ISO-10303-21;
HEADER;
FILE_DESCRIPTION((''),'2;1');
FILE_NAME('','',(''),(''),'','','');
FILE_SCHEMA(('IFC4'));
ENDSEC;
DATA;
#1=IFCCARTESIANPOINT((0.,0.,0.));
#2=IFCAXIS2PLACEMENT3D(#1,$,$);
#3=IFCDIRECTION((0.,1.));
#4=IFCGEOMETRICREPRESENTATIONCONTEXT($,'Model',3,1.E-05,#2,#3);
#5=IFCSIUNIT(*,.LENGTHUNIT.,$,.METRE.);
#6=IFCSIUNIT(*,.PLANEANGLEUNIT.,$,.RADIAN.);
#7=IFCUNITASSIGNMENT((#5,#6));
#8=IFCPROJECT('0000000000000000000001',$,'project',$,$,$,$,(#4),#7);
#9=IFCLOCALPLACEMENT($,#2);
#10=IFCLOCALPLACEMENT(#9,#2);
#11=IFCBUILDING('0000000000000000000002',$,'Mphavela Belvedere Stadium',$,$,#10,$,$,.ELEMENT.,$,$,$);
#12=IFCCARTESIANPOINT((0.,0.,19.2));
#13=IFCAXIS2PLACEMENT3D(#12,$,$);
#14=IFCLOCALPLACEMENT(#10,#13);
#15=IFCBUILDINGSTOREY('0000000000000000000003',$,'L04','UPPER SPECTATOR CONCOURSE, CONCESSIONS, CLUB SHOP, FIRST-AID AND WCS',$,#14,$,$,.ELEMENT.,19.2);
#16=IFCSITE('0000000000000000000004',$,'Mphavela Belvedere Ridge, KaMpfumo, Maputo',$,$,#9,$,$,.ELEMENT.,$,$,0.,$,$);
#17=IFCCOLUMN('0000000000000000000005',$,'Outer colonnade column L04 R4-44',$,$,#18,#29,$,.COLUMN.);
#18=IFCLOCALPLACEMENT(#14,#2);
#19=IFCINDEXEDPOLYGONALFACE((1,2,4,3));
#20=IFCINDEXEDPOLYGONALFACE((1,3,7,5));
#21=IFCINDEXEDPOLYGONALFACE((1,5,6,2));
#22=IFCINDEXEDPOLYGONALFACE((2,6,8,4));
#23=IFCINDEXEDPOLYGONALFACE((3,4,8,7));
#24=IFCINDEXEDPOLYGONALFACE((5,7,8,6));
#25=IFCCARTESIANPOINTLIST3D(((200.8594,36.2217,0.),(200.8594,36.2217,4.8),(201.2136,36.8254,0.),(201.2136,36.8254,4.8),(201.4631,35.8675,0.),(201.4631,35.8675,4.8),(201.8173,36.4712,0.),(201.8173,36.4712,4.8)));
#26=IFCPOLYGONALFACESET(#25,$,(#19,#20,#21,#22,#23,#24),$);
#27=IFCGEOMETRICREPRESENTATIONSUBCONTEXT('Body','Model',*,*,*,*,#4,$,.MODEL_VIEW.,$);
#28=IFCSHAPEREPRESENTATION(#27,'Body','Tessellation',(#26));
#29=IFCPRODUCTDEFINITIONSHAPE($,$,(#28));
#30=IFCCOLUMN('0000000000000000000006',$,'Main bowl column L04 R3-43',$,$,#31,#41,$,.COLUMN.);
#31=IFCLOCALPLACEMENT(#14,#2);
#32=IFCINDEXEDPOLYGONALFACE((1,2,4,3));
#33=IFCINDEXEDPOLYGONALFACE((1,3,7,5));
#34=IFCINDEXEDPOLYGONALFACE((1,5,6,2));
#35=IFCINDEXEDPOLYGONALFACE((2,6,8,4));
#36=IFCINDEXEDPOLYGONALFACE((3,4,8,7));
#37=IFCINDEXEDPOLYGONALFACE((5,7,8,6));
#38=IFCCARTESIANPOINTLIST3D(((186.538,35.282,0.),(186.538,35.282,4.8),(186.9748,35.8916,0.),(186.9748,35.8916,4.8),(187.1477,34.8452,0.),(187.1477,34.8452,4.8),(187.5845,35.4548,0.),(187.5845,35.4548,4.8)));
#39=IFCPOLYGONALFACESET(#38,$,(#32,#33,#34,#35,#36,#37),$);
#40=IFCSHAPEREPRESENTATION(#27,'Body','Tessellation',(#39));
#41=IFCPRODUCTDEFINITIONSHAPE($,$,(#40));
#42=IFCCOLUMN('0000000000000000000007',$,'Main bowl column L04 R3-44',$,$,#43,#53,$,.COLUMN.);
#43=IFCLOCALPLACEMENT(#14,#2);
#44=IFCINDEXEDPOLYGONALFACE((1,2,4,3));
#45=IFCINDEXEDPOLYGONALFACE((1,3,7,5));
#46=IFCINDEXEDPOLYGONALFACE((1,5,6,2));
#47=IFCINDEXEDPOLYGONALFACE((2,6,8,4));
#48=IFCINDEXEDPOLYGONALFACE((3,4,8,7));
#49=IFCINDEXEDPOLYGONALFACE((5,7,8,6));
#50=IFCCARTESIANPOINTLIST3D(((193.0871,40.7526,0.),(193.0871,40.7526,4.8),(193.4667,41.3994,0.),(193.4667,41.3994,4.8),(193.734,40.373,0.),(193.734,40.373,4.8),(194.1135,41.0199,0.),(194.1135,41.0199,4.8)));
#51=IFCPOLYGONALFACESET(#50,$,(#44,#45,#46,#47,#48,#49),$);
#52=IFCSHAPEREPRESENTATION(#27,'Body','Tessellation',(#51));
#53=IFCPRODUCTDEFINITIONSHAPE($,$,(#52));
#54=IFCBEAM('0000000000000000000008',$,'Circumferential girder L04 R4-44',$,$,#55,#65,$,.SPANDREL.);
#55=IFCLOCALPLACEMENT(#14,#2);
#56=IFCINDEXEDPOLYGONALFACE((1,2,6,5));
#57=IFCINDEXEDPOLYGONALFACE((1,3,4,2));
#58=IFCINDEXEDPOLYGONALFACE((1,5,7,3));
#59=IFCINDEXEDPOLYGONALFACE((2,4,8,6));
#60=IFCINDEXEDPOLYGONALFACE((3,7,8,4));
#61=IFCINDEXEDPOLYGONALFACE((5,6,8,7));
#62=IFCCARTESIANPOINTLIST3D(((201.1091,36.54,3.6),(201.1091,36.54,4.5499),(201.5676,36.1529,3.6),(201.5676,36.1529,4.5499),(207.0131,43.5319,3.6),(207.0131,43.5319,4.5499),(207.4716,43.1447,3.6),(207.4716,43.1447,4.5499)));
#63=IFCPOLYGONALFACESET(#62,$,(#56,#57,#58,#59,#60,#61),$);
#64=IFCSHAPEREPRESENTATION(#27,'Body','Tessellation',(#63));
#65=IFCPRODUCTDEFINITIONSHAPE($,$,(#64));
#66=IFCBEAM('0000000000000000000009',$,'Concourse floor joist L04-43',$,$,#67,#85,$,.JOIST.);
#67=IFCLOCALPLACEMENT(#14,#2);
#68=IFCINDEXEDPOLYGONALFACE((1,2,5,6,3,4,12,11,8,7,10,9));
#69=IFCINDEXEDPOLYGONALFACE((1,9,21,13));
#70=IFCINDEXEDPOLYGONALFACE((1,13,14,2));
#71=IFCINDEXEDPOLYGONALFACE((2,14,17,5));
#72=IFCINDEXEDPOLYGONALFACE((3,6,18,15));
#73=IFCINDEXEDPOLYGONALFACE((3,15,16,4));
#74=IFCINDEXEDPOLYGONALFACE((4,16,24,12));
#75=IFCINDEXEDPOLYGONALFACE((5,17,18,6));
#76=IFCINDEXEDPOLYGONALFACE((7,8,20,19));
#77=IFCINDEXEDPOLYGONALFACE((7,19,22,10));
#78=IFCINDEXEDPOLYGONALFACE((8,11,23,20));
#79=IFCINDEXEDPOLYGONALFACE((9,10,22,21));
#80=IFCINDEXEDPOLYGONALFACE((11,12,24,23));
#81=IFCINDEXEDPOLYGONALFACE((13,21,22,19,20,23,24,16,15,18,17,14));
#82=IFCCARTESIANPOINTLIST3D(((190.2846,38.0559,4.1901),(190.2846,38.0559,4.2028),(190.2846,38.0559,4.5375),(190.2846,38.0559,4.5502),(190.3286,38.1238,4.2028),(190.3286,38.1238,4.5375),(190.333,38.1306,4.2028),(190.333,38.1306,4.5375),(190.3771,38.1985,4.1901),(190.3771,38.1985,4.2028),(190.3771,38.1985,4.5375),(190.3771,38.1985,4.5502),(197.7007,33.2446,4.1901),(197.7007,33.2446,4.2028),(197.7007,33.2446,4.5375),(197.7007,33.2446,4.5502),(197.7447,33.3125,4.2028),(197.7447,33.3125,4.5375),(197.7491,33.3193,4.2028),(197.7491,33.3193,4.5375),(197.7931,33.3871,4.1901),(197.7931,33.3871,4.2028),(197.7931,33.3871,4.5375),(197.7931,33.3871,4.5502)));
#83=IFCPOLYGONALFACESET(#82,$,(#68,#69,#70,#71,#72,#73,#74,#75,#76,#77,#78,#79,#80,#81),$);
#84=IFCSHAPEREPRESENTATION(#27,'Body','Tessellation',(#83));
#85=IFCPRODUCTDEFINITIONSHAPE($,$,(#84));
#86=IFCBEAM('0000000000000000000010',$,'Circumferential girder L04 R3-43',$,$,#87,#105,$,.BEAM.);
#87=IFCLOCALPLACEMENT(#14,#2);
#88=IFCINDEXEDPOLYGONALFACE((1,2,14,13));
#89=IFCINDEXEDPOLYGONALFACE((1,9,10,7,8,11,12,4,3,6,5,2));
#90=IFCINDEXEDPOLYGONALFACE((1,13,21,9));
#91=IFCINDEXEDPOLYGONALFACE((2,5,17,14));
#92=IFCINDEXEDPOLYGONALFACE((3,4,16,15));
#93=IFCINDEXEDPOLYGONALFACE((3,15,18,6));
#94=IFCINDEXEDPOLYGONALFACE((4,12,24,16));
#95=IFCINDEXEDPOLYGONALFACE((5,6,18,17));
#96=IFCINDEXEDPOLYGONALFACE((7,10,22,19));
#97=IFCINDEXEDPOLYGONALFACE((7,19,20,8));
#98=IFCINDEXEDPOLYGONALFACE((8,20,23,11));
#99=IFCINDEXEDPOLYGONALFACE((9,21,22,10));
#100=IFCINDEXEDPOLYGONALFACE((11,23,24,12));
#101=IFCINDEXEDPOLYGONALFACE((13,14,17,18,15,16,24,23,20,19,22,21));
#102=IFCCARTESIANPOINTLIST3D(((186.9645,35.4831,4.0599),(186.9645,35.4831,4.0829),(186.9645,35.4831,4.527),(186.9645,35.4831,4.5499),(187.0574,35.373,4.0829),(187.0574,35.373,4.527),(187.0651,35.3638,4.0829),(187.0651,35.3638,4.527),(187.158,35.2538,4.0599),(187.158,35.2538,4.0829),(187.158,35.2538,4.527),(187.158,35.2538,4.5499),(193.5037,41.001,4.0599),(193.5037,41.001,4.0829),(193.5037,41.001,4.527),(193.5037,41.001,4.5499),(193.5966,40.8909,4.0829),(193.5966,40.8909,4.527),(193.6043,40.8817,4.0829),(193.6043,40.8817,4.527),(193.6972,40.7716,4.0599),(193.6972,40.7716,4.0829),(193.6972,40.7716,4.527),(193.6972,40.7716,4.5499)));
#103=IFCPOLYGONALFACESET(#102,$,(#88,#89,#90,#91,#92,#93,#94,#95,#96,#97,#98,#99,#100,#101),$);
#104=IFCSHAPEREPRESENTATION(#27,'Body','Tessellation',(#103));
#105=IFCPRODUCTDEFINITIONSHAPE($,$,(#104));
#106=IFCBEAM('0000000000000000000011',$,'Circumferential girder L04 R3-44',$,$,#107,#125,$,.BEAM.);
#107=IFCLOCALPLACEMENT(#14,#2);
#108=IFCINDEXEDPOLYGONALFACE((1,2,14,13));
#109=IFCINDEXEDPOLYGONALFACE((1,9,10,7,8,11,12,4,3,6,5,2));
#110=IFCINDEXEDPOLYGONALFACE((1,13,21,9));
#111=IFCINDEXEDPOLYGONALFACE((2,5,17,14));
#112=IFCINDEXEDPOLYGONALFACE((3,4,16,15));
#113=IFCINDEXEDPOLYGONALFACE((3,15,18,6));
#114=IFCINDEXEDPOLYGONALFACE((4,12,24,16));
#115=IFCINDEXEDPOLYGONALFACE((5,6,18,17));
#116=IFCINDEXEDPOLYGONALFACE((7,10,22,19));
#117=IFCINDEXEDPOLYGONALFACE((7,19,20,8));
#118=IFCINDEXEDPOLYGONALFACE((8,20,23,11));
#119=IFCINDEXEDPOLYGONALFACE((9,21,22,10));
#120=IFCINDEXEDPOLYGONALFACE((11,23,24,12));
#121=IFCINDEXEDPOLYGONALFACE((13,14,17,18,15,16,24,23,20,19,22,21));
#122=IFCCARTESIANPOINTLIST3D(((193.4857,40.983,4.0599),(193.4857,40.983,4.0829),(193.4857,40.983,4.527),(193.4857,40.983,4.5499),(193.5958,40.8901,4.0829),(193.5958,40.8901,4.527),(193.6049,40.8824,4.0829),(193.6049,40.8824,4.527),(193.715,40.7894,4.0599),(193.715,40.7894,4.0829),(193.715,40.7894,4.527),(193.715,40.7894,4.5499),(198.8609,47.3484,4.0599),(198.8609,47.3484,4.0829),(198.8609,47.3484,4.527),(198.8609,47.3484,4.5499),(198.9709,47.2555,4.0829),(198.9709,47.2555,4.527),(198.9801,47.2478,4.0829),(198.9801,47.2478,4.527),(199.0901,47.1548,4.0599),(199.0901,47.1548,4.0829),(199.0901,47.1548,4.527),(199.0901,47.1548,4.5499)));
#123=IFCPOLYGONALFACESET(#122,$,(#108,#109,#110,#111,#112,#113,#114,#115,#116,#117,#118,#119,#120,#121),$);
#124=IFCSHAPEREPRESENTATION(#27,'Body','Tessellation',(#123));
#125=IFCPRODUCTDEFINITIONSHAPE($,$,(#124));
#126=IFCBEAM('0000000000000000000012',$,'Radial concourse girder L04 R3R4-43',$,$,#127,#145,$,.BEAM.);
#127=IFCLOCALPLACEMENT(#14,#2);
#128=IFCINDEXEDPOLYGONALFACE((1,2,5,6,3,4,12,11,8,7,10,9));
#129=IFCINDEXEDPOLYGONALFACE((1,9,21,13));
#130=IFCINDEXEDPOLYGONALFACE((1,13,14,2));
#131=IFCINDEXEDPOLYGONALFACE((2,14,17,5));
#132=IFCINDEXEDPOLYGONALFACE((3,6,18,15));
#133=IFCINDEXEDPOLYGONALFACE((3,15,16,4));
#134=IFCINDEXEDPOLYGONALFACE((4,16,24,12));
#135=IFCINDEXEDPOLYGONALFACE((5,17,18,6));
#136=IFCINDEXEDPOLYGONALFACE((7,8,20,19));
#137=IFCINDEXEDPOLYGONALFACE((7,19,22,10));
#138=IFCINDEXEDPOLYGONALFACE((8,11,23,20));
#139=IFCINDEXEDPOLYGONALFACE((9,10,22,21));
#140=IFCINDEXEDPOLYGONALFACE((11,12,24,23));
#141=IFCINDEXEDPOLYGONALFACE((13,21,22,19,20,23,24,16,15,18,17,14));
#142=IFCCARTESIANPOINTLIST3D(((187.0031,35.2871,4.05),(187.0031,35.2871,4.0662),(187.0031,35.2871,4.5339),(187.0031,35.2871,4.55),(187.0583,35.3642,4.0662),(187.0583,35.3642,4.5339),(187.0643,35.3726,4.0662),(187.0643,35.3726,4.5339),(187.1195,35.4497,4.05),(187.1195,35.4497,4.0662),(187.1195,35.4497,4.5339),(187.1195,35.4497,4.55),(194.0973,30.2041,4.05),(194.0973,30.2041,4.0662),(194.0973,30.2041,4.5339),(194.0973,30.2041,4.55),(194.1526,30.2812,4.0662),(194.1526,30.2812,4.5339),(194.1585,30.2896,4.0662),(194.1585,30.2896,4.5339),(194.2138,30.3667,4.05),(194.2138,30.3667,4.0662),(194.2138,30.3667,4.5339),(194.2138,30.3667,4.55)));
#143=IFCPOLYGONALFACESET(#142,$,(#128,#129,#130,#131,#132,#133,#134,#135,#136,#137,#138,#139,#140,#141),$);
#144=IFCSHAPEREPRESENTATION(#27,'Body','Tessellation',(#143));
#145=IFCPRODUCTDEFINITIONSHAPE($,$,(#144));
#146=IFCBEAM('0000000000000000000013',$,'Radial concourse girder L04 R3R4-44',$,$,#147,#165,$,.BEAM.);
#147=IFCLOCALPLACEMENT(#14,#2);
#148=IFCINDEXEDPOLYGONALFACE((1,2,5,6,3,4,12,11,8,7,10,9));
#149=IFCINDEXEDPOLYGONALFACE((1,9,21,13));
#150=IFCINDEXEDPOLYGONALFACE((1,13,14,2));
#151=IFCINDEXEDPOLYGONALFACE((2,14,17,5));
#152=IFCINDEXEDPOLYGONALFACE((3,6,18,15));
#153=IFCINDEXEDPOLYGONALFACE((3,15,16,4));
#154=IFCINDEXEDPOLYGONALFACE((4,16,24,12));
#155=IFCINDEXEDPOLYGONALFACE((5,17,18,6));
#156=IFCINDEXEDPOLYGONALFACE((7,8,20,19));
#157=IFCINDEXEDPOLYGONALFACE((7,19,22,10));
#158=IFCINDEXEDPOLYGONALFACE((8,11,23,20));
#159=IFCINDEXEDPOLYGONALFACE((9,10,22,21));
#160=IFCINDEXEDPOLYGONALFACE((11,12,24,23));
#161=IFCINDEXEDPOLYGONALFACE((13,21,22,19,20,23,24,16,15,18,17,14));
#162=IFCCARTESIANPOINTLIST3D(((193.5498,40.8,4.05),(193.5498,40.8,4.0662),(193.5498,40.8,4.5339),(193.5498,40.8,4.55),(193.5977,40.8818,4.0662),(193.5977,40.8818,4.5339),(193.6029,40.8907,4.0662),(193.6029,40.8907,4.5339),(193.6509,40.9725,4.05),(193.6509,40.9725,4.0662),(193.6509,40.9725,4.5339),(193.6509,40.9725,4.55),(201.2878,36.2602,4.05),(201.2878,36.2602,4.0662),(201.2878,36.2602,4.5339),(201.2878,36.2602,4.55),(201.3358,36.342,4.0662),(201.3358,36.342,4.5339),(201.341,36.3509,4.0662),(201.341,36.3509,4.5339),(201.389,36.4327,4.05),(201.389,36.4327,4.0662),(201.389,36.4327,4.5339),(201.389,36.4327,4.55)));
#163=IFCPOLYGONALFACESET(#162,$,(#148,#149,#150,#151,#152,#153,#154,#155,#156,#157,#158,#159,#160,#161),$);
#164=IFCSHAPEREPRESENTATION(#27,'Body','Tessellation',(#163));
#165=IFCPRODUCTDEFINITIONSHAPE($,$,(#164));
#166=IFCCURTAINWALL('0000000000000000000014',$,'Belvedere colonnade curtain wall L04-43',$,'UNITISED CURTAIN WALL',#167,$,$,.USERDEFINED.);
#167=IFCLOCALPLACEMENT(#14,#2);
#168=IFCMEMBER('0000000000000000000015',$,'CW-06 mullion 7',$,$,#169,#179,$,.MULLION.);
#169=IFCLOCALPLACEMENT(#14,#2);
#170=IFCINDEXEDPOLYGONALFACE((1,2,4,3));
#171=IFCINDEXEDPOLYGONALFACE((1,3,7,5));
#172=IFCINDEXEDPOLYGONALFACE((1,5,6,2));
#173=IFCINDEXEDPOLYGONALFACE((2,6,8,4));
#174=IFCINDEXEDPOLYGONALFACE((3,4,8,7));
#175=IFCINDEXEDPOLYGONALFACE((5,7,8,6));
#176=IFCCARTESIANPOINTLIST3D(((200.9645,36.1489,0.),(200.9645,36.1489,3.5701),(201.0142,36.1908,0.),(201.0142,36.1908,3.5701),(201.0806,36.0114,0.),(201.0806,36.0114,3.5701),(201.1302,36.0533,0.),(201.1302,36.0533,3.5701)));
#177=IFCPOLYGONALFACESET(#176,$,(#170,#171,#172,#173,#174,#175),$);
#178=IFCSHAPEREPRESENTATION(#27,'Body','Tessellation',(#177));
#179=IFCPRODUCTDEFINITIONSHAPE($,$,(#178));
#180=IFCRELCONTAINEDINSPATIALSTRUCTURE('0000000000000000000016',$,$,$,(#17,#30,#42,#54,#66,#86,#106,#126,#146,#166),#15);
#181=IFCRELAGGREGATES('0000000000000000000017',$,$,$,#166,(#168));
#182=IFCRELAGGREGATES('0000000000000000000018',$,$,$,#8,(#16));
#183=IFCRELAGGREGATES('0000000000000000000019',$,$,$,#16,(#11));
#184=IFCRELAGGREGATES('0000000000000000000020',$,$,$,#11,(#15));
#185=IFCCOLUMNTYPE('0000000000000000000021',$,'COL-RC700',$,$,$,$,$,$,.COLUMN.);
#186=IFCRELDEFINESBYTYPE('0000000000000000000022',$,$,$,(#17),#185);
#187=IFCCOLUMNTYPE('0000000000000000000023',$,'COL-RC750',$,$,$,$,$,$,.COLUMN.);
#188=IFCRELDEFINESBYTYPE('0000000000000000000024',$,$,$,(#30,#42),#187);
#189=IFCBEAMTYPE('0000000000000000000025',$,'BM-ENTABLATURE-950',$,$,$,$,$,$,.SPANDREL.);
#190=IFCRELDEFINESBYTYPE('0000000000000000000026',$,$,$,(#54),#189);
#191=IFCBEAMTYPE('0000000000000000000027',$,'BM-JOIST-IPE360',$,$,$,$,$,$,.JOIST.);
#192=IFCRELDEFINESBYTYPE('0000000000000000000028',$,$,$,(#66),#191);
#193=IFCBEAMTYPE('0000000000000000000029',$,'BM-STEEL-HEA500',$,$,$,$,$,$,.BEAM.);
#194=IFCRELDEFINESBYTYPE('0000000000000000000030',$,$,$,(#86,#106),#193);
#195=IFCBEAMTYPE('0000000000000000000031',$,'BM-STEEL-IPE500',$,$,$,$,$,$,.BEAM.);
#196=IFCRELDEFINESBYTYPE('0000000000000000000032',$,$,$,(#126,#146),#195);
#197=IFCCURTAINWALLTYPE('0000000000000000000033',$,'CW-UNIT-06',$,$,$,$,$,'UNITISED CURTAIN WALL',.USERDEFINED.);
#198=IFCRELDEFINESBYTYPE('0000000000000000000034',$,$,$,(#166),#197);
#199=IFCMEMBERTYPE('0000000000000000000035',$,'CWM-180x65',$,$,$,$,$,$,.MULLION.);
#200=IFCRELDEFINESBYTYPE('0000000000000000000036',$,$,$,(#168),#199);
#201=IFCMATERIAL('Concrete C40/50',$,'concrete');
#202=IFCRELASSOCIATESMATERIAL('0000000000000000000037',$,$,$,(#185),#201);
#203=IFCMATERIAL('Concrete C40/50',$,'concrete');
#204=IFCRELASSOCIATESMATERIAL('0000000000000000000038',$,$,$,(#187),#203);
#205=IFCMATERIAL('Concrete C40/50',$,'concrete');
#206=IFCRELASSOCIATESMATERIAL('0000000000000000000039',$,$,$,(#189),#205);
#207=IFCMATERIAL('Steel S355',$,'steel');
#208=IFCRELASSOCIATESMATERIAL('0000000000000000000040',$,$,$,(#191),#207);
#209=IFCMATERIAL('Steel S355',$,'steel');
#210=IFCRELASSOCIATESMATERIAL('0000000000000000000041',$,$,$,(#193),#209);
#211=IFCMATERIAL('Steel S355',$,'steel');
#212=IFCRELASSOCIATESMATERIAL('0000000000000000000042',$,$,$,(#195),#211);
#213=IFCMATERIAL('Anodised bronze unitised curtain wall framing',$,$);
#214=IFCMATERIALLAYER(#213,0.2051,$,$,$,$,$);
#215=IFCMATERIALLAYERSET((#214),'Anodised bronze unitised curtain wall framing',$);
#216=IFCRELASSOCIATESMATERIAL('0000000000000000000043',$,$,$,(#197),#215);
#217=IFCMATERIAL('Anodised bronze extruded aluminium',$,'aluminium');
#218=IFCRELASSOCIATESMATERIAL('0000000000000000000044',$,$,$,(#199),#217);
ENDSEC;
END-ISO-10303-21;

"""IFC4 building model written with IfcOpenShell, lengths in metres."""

from ifc_helpers import new_model, si_unit, direction, frame, origin, origin_2d, place, context, subcontext, project, spatial, rectangle, i_section, extrude, material, layer, layer_set, material_profile, profile_set, type_object, element, aggregate, save


model = new_model("IFC4")

# Units and contexts
model_context = context("Model", 3, precision=1e-05, world=origin(), true_north=direction((0.0, 1.0)))
body_context = subcontext(model_context, "Body", "Model", "MODEL_VIEW")
ifc_project = project(units=[si_unit("LENGTHUNIT", "METRE"), si_unit("PLANEANGLEUNIT", "RADIAN")], contexts=[model_context])

# Site, building, storey
site_placement = place(None, origin())
site = spatial("IfcSite", under=ifc_project, at=site_placement, Name="Mphavela Belvedere Ridge, KaMpfumo, Maputo", CompositionType="ELEMENT", RefElevation=0.0)
building_placement = place(site_placement, origin())
building = spatial("IfcBuilding", under=site, at=building_placement, Name="Mphavela Belvedere Stadium", CompositionType="ELEMENT")
storey_placement = place(building_placement, frame((0.0, 0.0, 19.2)))
storey = spatial("IfcBuildingStorey", under=building, at=storey_placement, Name="L04", Description="UPPER SPECTATOR CONCOURSE, CONCESSIONS, CLUB SHOP, FIRST-AID AND WCS", CompositionType="ELEMENT", Elevation=19.2)

# Columns
ifc_material_1 = material(Name="Concrete C40/50", Category="concrete")
ifc_material_profile_1 = material_profile(ifc_material_1, rectangle(XDim=0.7, YDim=0.7, at=origin_2d()), Name="RC 700x700")
ifc_profile_set_1 = profile_set([ifc_material_profile_1], Name="Concrete C40/50")
column_type_1 = type_object("IfcColumnType", Name="COL-RC700", PredefinedType="COLUMN", material=ifc_profile_set_1)
column_placement = place(storey_placement, frame((201.3384, 36.3464, 0.0), z_axis=(0.0, 0.0, 1.0), x_axis=(0.862514, -0.506034, 0.0)))
element("IfcColumn", 1, at=column_placement, inside=storey, type_object=column_type_1, Name="Outer colonnade column L04 R4-44", PredefinedType="COLUMN", context=body_context, shape_type="SweptSolid", body=[
    extrude(rectangle(XDim=0.7, YDim=0.7, at=origin_2d()), origin(), (0.0, 0.0, 1.0), 4.8),
])
ifc_material_2 = material(Name="Concrete C40/50", Category="concrete")
ifc_material_profile_2 = material_profile(ifc_material_2, rectangle(XDim=0.75, YDim=0.75, at=origin_2d()), Name="RC 750x750")
ifc_profile_set_2 = profile_set([ifc_material_profile_2], Name="Concrete C40/50")
column_type_2 = type_object("IfcColumnType", Name="COL-RC750", PredefinedType="COLUMN", material=ifc_profile_set_2)
for number, where, z_axis, x_axis, name in (
    (2, (187.0613, 35.3684, 0.0), (0.0, 0.0, 1.0), (0.812898, -0.582407, 0.0), "Main bowl column L04 R3-43"),
    (3, (193.6003, 40.8862, 0.0), (0.0, 0.0, 1.0), (0.862514, -0.506034, 0.0), "Main bowl column L04 R3-44"),
):
    element("IfcColumn", number, at=place(storey_placement, frame(where, z_axis=z_axis, x_axis=x_axis)), inside=storey, type_object=column_type_2, Name=name, PredefinedType="COLUMN", context=body_context, shape_type="SweptSolid", body=[
        extrude(rectangle(XDim=0.75, YDim=0.75, at=origin_2d()), origin(), (0.0, 0.0, 1.0), 4.8),
    ])

# Beams
ifc_material_3 = material(Name="Concrete C40/50", Category="concrete")
ifc_material_profile_3 = material_profile(ifc_material_3, rectangle(XDim=0.6001, YDim=0.95, at=origin_2d()), Name="RC 600x950")
ifc_profile_set_3 = profile_set([ifc_material_profile_3], Name="Concrete C40/50")
beam_type_1 = type_object("IfcBeamType", Name="BM-ENTABLATURE-950", PredefinedType="SPANDREL", material=ifc_profile_set_3)
beam_1_placement = place(storey_placement, frame((201.3384, 36.3464, 4.075), z_axis=(0.645165, 0.764044, 0.0), x_axis=(-0.764044, 0.645165, 0.0)))
element("IfcBeam", 4, at=beam_1_placement, inside=storey, type_object=beam_type_1, Name="Circumferential girder L04 R4-44", PredefinedType="SPANDREL", context=body_context, shape_type="SweptSolid", body=[
    extrude(rectangle(XDim=0.6001, YDim=0.95, at=origin_2d()), origin(), (0.0, 0.0, 1.0), 9.1511),
])
ifc_material_4 = material(Name="Steel S355", Category="steel")
ifc_material_profile_4 = material_profile(ifc_material_4, i_section(OverallWidth=0.1699, OverallDepth=0.3601, WebThickness=0.0081, FlangeThickness=0.0127, at=origin_2d()), Name="IPE 360")
ifc_profile_set_4 = profile_set([ifc_material_profile_4], Name="Steel S355")
beam_type_2 = type_object("IfcBeamType", Name="BM-JOIST-IPE360", PredefinedType="JOIST", material=ifc_profile_set_4)
beam_2_placement = place(storey_placement, frame((190.3308, 38.1272, 4.3701), z_axis=(0.838915, -0.544262, 0.0), x_axis=(0.544262, 0.838915, 0.0)))
element("IfcBeam", 5, at=beam_2_placement, inside=storey, type_object=beam_type_2, Name="Concourse floor joist L04-43", PredefinedType="JOIST", context=body_context, shape_type="SweptSolid", body=[
    extrude(i_section(OverallWidth=0.1699, OverallDepth=0.3601, WebThickness=0.0081, FlangeThickness=0.0127, at=origin_2d()), origin(), (0.0, 0.0, 1.0), 8.8401),
])
ifc_material_5 = material(Name="Steel S355", Category="steel")
ifc_material_profile_5 = material_profile(ifc_material_5, i_section(OverallWidth=0.3, OverallDepth=0.49, WebThickness=0.012, FlangeThickness=0.0229, at=origin_2d()), Name="HEA 500")
ifc_profile_set_5 = profile_set([ifc_material_profile_5], Name="Steel S355")
beam_type_3 = type_object("IfcBeamType", Name="BM-STEEL-HEA500", PredefinedType="BEAM", material=ifc_profile_set_5)
beam_3_placement = place(storey_placement, frame((187.0613, 35.3684, 4.3049), z_axis=(0.764263, 0.644904, 0.0), x_axis=(-0.644904, 0.764263, 0.0)))
element("IfcBeam", 6, at=beam_3_placement, inside=storey, type_object=beam_type_3, Name="Circumferential girder L04 R3-43", PredefinedType="BEAM", context=body_context, shape_type="SweptSolid", body=[
    extrude(i_section(OverallWidth=0.3, OverallDepth=0.49, WebThickness=0.012, FlangeThickness=0.0229, at=origin_2d()), origin(), (0.0, 0.0, 1.0), 8.5562),
])
beam_4_placement = place(storey_placement, frame((193.6003, 40.8862, 4.3049), z_axis=(0.645177, 0.764033, 0.0), x_axis=(-0.764033, 0.645177, 0.0)))
element("IfcBeam", 7, at=beam_4_placement, inside=storey, type_object=beam_type_3, Name="Circumferential girder L04 R3-44", PredefinedType="BEAM", context=body_context, shape_type="SweptSolid", body=[
    extrude(i_section(OverallWidth=0.3, OverallDepth=0.49, WebThickness=0.012, FlangeThickness=0.0229, at=origin_2d()), origin(), (0.0, 0.0, 1.0), 8.3313),
])
ifc_material_6 = material(Name="Steel S355", Category="steel")
ifc_material_profile_6 = material_profile(ifc_material_6, i_section(OverallWidth=0.2, OverallDepth=0.5, WebThickness=0.0103, FlangeThickness=0.0161, at=origin_2d()), Name="IPE 500")
ifc_profile_set_6 = profile_set([ifc_material_profile_6], Name="Steel S355")
beam_type_4 = type_object("IfcBeamType", Name="BM-STEEL-IPE500", PredefinedType="BEAM", material=ifc_profile_set_6)
beam_5_placement = place(storey_placement, frame((187.0613, 35.3684, 4.3), z_axis=(0.812882, -0.582428, 0.0), x_axis=(0.582428, 0.812882, 0.0)))
element("IfcBeam", 8, at=beam_5_placement, inside=storey, type_object=beam_type_4, Name="Radial concourse girder L04 R3R4-43", PredefinedType="BEAM", context=body_context, shape_type="SweptSolid", body=[
    extrude(i_section(OverallWidth=0.2, OverallDepth=0.5, WebThickness=0.0103, FlangeThickness=0.0161, at=origin_2d()), origin(), (0.0, 0.0, 1.0), 8.7273),
])
beam_6_placement = place(storey_placement, frame((193.6003, 40.8862, 4.3), z_axis=(0.862518, -0.506027, 0.0), x_axis=(0.506027, 0.862518, 0.0)))
element("IfcBeam", 9, at=beam_6_placement, inside=storey, type_object=beam_type_4, Name="Radial concourse girder L04 R3R4-44", PredefinedType="BEAM", context=body_context, shape_type="SweptSolid", body=[
    extrude(i_section(OverallWidth=0.2, OverallDepth=0.5, WebThickness=0.0103, FlangeThickness=0.0161, at=origin_2d()), origin(), (0.0, 0.0, 1.0), 8.9714),
])

# Curtain wall, member
ifc_material_7 = material(Name="Anodised bronze unitised curtain wall framing")
ifc_layer_1 = layer(ifc_material_7, 0.2051)
ifc_layer_set_1 = layer_set([ifc_layer_1], Name="Anodised bronze unitised curtain wall framing")
curtain_wall_type_1 = type_object("IfcCurtainWallType", Name="CW-UNIT-06", ElementType="UNITISED CURTAIN WALL", PredefinedType="USERDEFINED", material=ifc_layer_set_1)
curtain_wall_1_placement = place(storey_placement, origin())
curtain_wall_1 = element("IfcCurtainWall", 10, at=curtain_wall_1_placement, inside=storey, type_object=curtain_wall_type_1, Name="Belvedere colonnade curtain wall L04-43", ObjectType="UNITISED CURTAIN WALL", PredefinedType="USERDEFINED")
ifc_material_8 = material(Name="Anodised bronze extruded aluminium", Category="aluminium")
ifc_material_profile_7 = material_profile(ifc_material_8, rectangle(XDim=0.1799, YDim=0.0649, at=origin_2d()), Name="CW-MUL 180x65")
ifc_profile_set_7 = profile_set([ifc_material_profile_7], Name="Anodised bronze extruded aluminium")
member_type_1 = type_object("IfcMemberType", Name="CWM-180x65", PredefinedType="MULLION", material=ifc_profile_set_7)
member_1_placement = place(storey_placement, frame((201.0474, 36.1011, 0.0), z_axis=(0.0, 0.0, 1.0), x_axis=(-0.644916, 0.764253, 0.0)))
member_1 = element("IfcMember", 11, at=member_1_placement, type_object=member_type_1, Name="CW-06 mullion 7", PredefinedType="MULLION", context=body_context, shape_type="SweptSolid", body=[
    extrude(rectangle(XDim=0.1799, YDim=0.0649, at=origin_2d()), origin(), (0.0, 0.0, 1.0), 3.5701),
])

aggregate(curtain_wall_1, [member_1])

save(model, "model.ifc")
